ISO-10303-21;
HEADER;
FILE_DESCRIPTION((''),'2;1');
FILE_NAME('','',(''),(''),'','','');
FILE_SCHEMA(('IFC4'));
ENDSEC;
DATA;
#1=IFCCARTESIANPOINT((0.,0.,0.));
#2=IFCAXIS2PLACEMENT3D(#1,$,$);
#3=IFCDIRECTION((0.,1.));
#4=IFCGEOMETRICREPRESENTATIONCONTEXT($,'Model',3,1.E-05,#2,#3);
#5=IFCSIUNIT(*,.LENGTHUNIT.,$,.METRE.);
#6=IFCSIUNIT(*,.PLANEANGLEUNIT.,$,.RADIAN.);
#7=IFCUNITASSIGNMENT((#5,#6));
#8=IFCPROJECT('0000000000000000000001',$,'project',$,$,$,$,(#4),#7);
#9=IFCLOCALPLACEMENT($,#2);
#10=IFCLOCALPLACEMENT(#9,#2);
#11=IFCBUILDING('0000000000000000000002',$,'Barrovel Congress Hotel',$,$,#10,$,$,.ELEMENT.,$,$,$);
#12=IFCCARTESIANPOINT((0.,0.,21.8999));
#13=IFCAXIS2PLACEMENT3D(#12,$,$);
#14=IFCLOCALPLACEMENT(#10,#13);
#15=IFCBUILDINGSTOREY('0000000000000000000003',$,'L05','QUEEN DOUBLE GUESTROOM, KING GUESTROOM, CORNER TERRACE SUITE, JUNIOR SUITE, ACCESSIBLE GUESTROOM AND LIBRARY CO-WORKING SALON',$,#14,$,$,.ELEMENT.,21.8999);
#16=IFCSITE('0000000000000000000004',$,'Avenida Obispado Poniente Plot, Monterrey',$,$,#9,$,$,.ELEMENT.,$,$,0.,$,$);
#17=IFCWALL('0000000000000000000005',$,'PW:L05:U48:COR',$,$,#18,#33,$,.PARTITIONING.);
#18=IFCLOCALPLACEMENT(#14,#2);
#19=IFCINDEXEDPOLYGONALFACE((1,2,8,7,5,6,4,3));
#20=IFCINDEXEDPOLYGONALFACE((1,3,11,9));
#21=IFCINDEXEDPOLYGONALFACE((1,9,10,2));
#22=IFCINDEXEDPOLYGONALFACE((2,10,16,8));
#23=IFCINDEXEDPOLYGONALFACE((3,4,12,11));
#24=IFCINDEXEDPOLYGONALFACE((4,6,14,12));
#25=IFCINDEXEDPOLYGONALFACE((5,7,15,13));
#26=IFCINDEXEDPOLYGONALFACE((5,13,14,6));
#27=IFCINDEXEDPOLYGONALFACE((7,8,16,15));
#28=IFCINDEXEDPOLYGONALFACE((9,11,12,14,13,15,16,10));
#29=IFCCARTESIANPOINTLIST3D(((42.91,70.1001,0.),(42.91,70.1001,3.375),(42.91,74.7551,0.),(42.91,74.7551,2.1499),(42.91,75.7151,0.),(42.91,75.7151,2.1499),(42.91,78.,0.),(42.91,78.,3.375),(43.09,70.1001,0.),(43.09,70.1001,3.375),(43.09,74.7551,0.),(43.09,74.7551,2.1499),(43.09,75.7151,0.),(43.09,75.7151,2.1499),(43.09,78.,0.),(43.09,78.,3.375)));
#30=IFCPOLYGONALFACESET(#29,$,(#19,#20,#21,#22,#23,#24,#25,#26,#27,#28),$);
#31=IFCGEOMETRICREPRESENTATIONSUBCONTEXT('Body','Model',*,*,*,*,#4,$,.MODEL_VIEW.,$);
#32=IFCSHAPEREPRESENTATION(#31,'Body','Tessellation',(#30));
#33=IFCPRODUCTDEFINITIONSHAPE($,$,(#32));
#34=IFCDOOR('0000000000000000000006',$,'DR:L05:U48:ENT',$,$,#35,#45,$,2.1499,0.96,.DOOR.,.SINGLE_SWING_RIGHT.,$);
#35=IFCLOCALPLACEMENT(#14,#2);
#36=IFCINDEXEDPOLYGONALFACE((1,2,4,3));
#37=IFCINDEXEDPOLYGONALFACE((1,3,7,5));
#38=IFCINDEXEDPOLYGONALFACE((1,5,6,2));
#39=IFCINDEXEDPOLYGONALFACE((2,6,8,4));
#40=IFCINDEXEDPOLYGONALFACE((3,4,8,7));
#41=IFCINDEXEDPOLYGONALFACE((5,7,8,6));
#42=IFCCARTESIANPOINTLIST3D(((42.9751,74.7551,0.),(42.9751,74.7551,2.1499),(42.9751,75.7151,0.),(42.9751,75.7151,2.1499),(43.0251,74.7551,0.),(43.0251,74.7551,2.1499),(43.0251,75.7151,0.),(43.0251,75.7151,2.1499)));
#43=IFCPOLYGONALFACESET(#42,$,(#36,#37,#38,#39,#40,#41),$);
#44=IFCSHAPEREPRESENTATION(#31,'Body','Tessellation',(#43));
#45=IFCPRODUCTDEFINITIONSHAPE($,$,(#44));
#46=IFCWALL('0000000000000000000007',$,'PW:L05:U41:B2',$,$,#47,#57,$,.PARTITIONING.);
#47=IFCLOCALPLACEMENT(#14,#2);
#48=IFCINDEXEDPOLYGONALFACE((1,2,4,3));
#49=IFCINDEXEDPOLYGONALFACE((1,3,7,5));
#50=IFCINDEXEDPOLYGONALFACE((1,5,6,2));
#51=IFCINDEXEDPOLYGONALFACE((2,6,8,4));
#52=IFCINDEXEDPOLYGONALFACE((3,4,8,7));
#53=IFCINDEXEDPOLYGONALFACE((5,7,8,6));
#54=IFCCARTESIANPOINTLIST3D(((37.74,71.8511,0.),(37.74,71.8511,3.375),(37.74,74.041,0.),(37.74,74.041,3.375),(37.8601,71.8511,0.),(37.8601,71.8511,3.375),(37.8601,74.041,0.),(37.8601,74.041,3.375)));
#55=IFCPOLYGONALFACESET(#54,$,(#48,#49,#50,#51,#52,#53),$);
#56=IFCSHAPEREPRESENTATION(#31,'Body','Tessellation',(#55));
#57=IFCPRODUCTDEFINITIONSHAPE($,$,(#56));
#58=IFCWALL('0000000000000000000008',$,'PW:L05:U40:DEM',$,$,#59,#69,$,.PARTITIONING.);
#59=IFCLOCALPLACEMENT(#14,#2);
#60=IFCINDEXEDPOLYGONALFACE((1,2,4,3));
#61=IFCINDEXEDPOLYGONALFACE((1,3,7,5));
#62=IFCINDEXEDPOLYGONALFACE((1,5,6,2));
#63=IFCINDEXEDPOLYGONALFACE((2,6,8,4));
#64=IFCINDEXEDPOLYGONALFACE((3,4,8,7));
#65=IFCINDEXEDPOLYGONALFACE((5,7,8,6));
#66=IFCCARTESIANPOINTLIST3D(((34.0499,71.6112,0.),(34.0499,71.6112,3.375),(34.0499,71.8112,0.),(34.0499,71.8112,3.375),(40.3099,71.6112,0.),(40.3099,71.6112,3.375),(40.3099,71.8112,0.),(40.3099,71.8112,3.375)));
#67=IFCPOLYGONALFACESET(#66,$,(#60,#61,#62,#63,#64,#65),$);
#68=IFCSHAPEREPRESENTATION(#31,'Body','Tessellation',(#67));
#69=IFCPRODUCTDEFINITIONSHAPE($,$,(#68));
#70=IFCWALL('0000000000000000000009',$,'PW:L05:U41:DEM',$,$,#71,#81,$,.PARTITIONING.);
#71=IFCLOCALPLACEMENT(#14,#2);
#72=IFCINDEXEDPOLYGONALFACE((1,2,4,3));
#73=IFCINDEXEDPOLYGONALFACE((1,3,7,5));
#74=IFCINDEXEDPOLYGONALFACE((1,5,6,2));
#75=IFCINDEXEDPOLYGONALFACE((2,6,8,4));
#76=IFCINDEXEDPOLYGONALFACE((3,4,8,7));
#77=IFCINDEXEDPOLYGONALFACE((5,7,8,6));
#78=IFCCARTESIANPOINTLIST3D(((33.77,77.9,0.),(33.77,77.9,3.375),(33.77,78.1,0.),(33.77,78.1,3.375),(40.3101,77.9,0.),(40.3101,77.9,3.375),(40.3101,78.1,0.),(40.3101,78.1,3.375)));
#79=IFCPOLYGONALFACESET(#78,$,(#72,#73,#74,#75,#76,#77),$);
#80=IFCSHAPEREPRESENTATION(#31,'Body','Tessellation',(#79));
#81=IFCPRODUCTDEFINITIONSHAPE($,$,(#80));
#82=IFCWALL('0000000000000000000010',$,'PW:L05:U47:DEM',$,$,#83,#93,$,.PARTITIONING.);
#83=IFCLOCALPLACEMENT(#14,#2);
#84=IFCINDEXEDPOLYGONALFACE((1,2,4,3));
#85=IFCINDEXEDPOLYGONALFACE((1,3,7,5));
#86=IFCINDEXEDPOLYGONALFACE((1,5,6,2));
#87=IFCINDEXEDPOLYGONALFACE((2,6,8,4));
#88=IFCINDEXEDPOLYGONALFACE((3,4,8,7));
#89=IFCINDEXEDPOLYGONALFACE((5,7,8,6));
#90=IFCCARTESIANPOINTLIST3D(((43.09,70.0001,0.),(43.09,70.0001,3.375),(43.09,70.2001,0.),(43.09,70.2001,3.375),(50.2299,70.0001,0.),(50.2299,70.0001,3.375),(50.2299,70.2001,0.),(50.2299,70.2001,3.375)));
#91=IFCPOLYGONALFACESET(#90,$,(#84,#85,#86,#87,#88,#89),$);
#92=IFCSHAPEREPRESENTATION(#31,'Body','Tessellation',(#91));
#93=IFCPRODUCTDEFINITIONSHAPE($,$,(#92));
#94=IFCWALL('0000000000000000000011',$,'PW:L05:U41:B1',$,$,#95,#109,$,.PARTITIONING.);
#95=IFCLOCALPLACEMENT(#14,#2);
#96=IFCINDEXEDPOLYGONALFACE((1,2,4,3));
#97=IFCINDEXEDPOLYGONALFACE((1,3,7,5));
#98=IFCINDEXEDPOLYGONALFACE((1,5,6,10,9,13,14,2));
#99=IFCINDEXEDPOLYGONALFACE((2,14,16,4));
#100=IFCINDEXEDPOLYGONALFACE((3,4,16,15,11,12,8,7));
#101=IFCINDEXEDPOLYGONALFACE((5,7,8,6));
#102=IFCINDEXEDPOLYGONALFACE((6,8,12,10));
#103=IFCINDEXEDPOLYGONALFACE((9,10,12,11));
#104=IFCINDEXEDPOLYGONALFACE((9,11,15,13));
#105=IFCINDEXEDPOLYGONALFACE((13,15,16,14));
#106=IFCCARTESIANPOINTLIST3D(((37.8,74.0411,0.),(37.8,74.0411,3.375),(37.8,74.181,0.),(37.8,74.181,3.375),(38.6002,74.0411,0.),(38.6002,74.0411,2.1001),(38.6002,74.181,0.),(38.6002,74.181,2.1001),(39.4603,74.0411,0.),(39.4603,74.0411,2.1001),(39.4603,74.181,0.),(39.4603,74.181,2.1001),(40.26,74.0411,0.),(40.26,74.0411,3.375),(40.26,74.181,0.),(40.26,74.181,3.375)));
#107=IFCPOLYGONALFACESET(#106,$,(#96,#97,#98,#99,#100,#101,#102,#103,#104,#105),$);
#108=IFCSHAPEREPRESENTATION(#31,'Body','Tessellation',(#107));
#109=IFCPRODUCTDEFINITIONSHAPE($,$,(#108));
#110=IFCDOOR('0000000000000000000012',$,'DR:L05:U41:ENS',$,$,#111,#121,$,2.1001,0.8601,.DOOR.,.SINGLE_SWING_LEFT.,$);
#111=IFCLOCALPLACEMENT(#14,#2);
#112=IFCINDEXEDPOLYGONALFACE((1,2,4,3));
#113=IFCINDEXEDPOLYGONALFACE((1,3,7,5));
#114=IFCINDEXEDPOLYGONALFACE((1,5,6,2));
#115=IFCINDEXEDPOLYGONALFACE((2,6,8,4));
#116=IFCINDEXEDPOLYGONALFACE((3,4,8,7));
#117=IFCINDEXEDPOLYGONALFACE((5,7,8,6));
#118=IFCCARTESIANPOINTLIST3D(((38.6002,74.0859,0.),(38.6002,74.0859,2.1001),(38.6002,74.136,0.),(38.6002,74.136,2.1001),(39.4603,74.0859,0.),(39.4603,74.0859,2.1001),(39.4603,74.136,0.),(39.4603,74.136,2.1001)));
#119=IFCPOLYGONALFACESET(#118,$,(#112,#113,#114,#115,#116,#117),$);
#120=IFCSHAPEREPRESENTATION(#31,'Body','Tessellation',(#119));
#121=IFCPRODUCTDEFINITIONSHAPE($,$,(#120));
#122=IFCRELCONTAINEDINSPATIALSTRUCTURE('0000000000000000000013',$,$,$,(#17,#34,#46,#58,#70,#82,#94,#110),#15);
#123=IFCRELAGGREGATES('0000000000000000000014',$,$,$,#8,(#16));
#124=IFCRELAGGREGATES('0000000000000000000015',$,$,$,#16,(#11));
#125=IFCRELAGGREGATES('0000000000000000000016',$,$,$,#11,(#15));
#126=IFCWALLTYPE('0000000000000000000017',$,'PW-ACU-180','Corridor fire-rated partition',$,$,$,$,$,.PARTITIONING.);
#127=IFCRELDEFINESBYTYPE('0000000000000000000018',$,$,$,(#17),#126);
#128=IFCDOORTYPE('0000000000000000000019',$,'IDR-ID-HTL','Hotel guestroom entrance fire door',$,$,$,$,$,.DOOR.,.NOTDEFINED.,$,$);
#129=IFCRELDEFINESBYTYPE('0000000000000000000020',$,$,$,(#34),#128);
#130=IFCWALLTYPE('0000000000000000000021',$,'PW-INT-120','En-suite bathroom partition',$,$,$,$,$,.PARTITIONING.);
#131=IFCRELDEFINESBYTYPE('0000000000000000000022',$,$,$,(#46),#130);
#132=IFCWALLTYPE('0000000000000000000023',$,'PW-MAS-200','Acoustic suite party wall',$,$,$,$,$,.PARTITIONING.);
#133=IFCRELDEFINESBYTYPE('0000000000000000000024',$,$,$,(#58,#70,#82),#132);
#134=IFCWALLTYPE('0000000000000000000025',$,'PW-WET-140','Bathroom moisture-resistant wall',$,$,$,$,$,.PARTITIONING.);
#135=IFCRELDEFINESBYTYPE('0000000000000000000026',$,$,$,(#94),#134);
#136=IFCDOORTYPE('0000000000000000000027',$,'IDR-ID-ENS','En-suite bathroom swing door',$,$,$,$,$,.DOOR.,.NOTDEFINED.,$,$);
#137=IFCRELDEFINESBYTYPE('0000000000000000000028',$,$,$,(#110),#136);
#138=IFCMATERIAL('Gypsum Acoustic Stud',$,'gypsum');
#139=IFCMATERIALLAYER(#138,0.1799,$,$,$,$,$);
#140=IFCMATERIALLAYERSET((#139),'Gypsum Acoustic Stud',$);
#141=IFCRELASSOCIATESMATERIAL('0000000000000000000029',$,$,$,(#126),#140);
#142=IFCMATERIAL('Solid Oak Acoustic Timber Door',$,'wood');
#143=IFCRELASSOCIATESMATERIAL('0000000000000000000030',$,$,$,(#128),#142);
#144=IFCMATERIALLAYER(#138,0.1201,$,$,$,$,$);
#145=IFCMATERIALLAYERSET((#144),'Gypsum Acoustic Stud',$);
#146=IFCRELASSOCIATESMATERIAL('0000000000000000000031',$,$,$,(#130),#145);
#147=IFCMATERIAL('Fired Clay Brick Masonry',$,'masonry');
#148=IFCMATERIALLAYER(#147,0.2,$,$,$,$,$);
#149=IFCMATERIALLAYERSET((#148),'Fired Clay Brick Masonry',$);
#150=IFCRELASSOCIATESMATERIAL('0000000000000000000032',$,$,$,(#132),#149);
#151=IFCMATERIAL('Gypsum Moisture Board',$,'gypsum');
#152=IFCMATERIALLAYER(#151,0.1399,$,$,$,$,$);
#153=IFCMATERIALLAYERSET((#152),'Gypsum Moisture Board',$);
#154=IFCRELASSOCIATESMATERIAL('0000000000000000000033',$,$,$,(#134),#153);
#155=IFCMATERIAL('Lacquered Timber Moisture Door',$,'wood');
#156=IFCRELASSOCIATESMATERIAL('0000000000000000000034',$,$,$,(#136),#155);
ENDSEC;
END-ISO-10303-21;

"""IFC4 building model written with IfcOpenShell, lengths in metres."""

from ifc_helpers import new_model, si_unit, direction, frame, frame_2d, origin, place, context, subcontext, project, spatial, rectangle, extrude, material, layer, layer_set, type_object, element, fill, save


model = new_model("IFC4")

# Units and contexts
model_context = context("Model", 3, precision=1e-05, world=origin(), true_north=direction((0.0, 1.0)))
body_context = subcontext(model_context, "Body", "Model", "MODEL_VIEW")
ifc_project = project(units=[si_unit("LENGTHUNIT", "METRE"), si_unit("PLANEANGLEUNIT", "RADIAN")], contexts=[model_context])

# Site, building, storey
site_placement = place(None, origin())
site = spatial("IfcSite", under=ifc_project, at=site_placement, Name="Avenida Obispado Poniente Plot, Monterrey", CompositionType="ELEMENT", RefElevation=0.0)
building_placement = place(site_placement, origin())
building = spatial("IfcBuilding", under=site, at=building_placement, Name="Barrovel Congress Hotel", CompositionType="ELEMENT")
storey_placement = place(building_placement, frame((0.0, 0.0, 21.8999)))
storey = spatial("IfcBuildingStorey", under=building, at=storey_placement, Name="L05", Description="QUEEN DOUBLE GUESTROOM, KING GUESTROOM, CORNER TERRACE SUITE, JUNIOR SUITE, ACCESSIBLE GUESTROOM AND LIBRARY CO-WORKING SALON", CompositionType="ELEMENT", Elevation=21.8999)

# Shared definitions
ifc_material_1 = material(Name="Fired Clay Brick Masonry", Category="masonry")

# Wall, opening, door
ifc_material_2 = material(Name="Gypsum Acoustic Stud", Category="gypsum")
ifc_layer_1 = layer(ifc_material_2, 0.1799)
ifc_layer_set_1 = layer_set([ifc_layer_1], Name="Gypsum Acoustic Stud")
wall_type_1 = type_object("IfcWallType", Name="PW-ACU-180", Description="Corridor fire-rated partition", PredefinedType="PARTITIONING", material=ifc_layer_set_1)
ifc_material_3 = material(Name="Solid Oak Acoustic Timber Door", Category="wood")
door_type_1 = type_object("IfcDoorType", Name="IDR-ID-HTL", Description="Hotel guestroom entrance fire door", OperationType="NOTDEFINED", PredefinedType="DOOR", material=ifc_material_3)
wall_1_placement = place(storey_placement, frame((43.0, 70.1001, 0.0), z_axis=(0.0, 0.0, 1.0), x_axis=(0.0, 1.0, 0.0)))
wall_1 = element("IfcWall", 1, at=wall_1_placement, inside=storey, type_object=wall_type_1, Name="PW:L05:U48:COR", PredefinedType="PARTITIONING", context=body_context, shape_type="SweptSolid", body=[
    extrude(rectangle(XDim=7.8999, YDim=0.1799, at=frame_2d((3.95, 0.0))), origin(), (0.0, 0.0, 1.0), 3.375),
])
opening_1_placement = place(wall_1_placement, frame((4.655, 0.0, 0.0)))
opening_1 = element("IfcOpeningElement", 2, at=opening_1_placement, cuts=wall_1, PredefinedType="OPENING", context=body_context, shape_type="SweptSolid", body=[
    extrude(rectangle(XDim=0.96, YDim=2.1499, at=frame_2d((0.48, 1.075))), frame((0.0, 0.1001, 0.0), z_axis=(0.0, -1.0, 0.0), x_axis=(1.0, 0.0, 0.0)), (0.0, 0.0, 1.0), 0.2),
])
door_1_placement = place(opening_1_placement, origin())
door_1 = element("IfcDoor", 3, at=door_1_placement, inside=storey, type_object=door_type_1, Name="DR:L05:U48:ENT", OperationType="SINGLE_SWING_RIGHT", OverallHeight=2.1499, OverallWidth=0.96, PredefinedType="DOOR", context=body_context, shape_type="SweptSolid", body=[
    extrude(rectangle(XDim=0.96, YDim=2.1499, at=frame_2d((0.48, 1.075))), frame((0.0, 0.0249, 0.0), z_axis=(0.0, -1.0, 0.0), x_axis=(1.0, 0.0, 0.0)), (0.0, 0.0, 1.0), 0.05),
])
fill(opening_1, door_1)

# Walls
ifc_layer_2 = layer(ifc_material_2, 0.1201)
ifc_layer_set_2 = layer_set([ifc_layer_2], Name="Gypsum Acoustic Stud")
wall_type_2 = type_object("IfcWallType", Name="PW-INT-120", Description="En-suite bathroom partition", PredefinedType="PARTITIONING", material=ifc_layer_set_2)
wall_2_placement = place(storey_placement, frame((37.8, 71.8511, 0.0), z_axis=(0.0, 0.0, 1.0), x_axis=(0.0, 1.0, 0.0)))
element("IfcWall", 4, at=wall_2_placement, inside=storey, type_object=wall_type_2, Name="PW:L05:U41:B2", PredefinedType="PARTITIONING", context=body_context, shape_type="SweptSolid", body=[
    extrude(rectangle(XDim=2.1899, YDim=0.1201, at=frame_2d((1.095, 0.0))), origin(), (0.0, 0.0, 1.0), 3.375),
])
ifc_layer_3 = layer(ifc_material_1, 0.2)
ifc_layer_set_3 = layer_set([ifc_layer_3], Name="Fired Clay Brick Masonry")
wall_type_3 = type_object("IfcWallType", Name="PW-MAS-200", Description="Acoustic suite party wall", PredefinedType="PARTITIONING", material=ifc_layer_set_3)
wall_3_placement = place(storey_placement, frame((34.05, 71.7112, 0.0), z_axis=(0.0, 0.0, 1.0), x_axis=(1.0, 0.0, 0.0)))
element("IfcWall", 5, at=wall_3_placement, inside=storey, type_object=wall_type_3, Name="PW:L05:U40:DEM", PredefinedType="PARTITIONING", context=body_context, shape_type="SweptSolid", body=[
    extrude(rectangle(XDim=6.26, YDim=0.2, at=frame_2d((3.1299, 0.0))), origin(), (0.0, 0.0, 1.0), 3.375),
])
wall_4_placement = place(storey_placement, frame((33.77, 78.0, 0.0), z_axis=(0.0, 0.0, 1.0), x_axis=(1.0, 0.0, 0.0)))
element("IfcWall", 6, at=wall_4_placement, inside=storey, type_object=wall_type_3, Name="PW:L05:U41:DEM", PredefinedType="PARTITIONING", context=body_context, shape_type="SweptSolid", body=[
    extrude(rectangle(XDim=6.54, YDim=0.2, at=frame_2d((3.27, 0.0))), origin(), (0.0, 0.0, 1.0), 3.375),
])
wall_5_placement = place(storey_placement, frame((43.0901, 70.1001, 0.0), z_axis=(0.0, 0.0, 1.0), x_axis=(1.0, 0.0, 0.0)))
element("IfcWall", 7, at=wall_5_placement, inside=storey, type_object=wall_type_3, Name="PW:L05:U47:DEM", PredefinedType="PARTITIONING", context=body_context, shape_type="SweptSolid", body=[
    extrude(rectangle(XDim=7.1399, YDim=0.2, at=frame_2d((3.5698, 0.0))), origin(), (0.0, 0.0, 1.0), 3.375),
])

# Wall, opening, door
ifc_material_4 = material(Name="Gypsum Moisture Board", Category="gypsum")
ifc_layer_4 = layer(ifc_material_4, 0.1399)
ifc_layer_set_4 = layer_set([ifc_layer_4], Name="Gypsum Moisture Board")
wall_type_4 = type_object("IfcWallType", Name="PW-WET-140", Description="Bathroom moisture-resistant wall", PredefinedType="PARTITIONING", material=ifc_layer_set_4)
wall_6_placement = place(storey_placement, frame((37.8, 74.1111, 0.0), z_axis=(0.0, 0.0, 1.0), x_axis=(1.0, 0.0, 0.0)))
wall_6 = element("IfcWall", 8, at=wall_6_placement, inside=storey, type_object=wall_type_4, Name="PW:L05:U41:B1", PredefinedType="PARTITIONING", context=body_context, shape_type="SweptSolid", body=[
    extrude(rectangle(XDim=2.46, YDim=0.1399, at=frame_2d((1.23, 0.0))), origin(), (0.0, 0.0, 1.0), 3.375),
])
opening_2_placement = place(wall_6_placement, frame((0.8, 0.0, 0.0)))
opening_2 = element("IfcOpeningElement", 9, at=opening_2_placement, cuts=wall_6, PredefinedType="OPENING", context=body_context, shape_type="SweptSolid", body=[
    extrude(rectangle(XDim=0.8601, YDim=2.1001, at=frame_2d((0.4302, 1.05))), frame((0.0, 0.0801, 0.0), z_axis=(0.0, -1.0, 0.0), x_axis=(1.0, 0.0, 0.0)), (0.0, 0.0, 1.0), 0.1599),
])
ifc_material_5 = material(Name="Lacquered Timber Moisture Door", Category="wood")
door_type_2 = type_object("IfcDoorType", Name="IDR-ID-ENS", Description="En-suite bathroom swing door", OperationType="NOTDEFINED", PredefinedType="DOOR", material=ifc_material_5)
door_2_placement = place(opening_2_placement, origin())
door_2 = element("IfcDoor", 10, at=door_2_placement, inside=storey, type_object=door_type_2, Name="DR:L05:U41:ENS", OperationType="SINGLE_SWING_LEFT", OverallHeight=2.1001, OverallWidth=0.8601, PredefinedType="DOOR", context=body_context, shape_type="SweptSolid", body=[
    extrude(rectangle(XDim=0.8601, YDim=2.1001, at=frame_2d((0.4302, 1.05))), frame((0.0, 0.0249, 0.0), z_axis=(0.0, -1.0, 0.0), x_axis=(1.0, 0.0, 0.0)), (0.0, 0.0, 1.0), 0.05),
])
fill(opening_2, door_2)

save(model, "model.ifc")
